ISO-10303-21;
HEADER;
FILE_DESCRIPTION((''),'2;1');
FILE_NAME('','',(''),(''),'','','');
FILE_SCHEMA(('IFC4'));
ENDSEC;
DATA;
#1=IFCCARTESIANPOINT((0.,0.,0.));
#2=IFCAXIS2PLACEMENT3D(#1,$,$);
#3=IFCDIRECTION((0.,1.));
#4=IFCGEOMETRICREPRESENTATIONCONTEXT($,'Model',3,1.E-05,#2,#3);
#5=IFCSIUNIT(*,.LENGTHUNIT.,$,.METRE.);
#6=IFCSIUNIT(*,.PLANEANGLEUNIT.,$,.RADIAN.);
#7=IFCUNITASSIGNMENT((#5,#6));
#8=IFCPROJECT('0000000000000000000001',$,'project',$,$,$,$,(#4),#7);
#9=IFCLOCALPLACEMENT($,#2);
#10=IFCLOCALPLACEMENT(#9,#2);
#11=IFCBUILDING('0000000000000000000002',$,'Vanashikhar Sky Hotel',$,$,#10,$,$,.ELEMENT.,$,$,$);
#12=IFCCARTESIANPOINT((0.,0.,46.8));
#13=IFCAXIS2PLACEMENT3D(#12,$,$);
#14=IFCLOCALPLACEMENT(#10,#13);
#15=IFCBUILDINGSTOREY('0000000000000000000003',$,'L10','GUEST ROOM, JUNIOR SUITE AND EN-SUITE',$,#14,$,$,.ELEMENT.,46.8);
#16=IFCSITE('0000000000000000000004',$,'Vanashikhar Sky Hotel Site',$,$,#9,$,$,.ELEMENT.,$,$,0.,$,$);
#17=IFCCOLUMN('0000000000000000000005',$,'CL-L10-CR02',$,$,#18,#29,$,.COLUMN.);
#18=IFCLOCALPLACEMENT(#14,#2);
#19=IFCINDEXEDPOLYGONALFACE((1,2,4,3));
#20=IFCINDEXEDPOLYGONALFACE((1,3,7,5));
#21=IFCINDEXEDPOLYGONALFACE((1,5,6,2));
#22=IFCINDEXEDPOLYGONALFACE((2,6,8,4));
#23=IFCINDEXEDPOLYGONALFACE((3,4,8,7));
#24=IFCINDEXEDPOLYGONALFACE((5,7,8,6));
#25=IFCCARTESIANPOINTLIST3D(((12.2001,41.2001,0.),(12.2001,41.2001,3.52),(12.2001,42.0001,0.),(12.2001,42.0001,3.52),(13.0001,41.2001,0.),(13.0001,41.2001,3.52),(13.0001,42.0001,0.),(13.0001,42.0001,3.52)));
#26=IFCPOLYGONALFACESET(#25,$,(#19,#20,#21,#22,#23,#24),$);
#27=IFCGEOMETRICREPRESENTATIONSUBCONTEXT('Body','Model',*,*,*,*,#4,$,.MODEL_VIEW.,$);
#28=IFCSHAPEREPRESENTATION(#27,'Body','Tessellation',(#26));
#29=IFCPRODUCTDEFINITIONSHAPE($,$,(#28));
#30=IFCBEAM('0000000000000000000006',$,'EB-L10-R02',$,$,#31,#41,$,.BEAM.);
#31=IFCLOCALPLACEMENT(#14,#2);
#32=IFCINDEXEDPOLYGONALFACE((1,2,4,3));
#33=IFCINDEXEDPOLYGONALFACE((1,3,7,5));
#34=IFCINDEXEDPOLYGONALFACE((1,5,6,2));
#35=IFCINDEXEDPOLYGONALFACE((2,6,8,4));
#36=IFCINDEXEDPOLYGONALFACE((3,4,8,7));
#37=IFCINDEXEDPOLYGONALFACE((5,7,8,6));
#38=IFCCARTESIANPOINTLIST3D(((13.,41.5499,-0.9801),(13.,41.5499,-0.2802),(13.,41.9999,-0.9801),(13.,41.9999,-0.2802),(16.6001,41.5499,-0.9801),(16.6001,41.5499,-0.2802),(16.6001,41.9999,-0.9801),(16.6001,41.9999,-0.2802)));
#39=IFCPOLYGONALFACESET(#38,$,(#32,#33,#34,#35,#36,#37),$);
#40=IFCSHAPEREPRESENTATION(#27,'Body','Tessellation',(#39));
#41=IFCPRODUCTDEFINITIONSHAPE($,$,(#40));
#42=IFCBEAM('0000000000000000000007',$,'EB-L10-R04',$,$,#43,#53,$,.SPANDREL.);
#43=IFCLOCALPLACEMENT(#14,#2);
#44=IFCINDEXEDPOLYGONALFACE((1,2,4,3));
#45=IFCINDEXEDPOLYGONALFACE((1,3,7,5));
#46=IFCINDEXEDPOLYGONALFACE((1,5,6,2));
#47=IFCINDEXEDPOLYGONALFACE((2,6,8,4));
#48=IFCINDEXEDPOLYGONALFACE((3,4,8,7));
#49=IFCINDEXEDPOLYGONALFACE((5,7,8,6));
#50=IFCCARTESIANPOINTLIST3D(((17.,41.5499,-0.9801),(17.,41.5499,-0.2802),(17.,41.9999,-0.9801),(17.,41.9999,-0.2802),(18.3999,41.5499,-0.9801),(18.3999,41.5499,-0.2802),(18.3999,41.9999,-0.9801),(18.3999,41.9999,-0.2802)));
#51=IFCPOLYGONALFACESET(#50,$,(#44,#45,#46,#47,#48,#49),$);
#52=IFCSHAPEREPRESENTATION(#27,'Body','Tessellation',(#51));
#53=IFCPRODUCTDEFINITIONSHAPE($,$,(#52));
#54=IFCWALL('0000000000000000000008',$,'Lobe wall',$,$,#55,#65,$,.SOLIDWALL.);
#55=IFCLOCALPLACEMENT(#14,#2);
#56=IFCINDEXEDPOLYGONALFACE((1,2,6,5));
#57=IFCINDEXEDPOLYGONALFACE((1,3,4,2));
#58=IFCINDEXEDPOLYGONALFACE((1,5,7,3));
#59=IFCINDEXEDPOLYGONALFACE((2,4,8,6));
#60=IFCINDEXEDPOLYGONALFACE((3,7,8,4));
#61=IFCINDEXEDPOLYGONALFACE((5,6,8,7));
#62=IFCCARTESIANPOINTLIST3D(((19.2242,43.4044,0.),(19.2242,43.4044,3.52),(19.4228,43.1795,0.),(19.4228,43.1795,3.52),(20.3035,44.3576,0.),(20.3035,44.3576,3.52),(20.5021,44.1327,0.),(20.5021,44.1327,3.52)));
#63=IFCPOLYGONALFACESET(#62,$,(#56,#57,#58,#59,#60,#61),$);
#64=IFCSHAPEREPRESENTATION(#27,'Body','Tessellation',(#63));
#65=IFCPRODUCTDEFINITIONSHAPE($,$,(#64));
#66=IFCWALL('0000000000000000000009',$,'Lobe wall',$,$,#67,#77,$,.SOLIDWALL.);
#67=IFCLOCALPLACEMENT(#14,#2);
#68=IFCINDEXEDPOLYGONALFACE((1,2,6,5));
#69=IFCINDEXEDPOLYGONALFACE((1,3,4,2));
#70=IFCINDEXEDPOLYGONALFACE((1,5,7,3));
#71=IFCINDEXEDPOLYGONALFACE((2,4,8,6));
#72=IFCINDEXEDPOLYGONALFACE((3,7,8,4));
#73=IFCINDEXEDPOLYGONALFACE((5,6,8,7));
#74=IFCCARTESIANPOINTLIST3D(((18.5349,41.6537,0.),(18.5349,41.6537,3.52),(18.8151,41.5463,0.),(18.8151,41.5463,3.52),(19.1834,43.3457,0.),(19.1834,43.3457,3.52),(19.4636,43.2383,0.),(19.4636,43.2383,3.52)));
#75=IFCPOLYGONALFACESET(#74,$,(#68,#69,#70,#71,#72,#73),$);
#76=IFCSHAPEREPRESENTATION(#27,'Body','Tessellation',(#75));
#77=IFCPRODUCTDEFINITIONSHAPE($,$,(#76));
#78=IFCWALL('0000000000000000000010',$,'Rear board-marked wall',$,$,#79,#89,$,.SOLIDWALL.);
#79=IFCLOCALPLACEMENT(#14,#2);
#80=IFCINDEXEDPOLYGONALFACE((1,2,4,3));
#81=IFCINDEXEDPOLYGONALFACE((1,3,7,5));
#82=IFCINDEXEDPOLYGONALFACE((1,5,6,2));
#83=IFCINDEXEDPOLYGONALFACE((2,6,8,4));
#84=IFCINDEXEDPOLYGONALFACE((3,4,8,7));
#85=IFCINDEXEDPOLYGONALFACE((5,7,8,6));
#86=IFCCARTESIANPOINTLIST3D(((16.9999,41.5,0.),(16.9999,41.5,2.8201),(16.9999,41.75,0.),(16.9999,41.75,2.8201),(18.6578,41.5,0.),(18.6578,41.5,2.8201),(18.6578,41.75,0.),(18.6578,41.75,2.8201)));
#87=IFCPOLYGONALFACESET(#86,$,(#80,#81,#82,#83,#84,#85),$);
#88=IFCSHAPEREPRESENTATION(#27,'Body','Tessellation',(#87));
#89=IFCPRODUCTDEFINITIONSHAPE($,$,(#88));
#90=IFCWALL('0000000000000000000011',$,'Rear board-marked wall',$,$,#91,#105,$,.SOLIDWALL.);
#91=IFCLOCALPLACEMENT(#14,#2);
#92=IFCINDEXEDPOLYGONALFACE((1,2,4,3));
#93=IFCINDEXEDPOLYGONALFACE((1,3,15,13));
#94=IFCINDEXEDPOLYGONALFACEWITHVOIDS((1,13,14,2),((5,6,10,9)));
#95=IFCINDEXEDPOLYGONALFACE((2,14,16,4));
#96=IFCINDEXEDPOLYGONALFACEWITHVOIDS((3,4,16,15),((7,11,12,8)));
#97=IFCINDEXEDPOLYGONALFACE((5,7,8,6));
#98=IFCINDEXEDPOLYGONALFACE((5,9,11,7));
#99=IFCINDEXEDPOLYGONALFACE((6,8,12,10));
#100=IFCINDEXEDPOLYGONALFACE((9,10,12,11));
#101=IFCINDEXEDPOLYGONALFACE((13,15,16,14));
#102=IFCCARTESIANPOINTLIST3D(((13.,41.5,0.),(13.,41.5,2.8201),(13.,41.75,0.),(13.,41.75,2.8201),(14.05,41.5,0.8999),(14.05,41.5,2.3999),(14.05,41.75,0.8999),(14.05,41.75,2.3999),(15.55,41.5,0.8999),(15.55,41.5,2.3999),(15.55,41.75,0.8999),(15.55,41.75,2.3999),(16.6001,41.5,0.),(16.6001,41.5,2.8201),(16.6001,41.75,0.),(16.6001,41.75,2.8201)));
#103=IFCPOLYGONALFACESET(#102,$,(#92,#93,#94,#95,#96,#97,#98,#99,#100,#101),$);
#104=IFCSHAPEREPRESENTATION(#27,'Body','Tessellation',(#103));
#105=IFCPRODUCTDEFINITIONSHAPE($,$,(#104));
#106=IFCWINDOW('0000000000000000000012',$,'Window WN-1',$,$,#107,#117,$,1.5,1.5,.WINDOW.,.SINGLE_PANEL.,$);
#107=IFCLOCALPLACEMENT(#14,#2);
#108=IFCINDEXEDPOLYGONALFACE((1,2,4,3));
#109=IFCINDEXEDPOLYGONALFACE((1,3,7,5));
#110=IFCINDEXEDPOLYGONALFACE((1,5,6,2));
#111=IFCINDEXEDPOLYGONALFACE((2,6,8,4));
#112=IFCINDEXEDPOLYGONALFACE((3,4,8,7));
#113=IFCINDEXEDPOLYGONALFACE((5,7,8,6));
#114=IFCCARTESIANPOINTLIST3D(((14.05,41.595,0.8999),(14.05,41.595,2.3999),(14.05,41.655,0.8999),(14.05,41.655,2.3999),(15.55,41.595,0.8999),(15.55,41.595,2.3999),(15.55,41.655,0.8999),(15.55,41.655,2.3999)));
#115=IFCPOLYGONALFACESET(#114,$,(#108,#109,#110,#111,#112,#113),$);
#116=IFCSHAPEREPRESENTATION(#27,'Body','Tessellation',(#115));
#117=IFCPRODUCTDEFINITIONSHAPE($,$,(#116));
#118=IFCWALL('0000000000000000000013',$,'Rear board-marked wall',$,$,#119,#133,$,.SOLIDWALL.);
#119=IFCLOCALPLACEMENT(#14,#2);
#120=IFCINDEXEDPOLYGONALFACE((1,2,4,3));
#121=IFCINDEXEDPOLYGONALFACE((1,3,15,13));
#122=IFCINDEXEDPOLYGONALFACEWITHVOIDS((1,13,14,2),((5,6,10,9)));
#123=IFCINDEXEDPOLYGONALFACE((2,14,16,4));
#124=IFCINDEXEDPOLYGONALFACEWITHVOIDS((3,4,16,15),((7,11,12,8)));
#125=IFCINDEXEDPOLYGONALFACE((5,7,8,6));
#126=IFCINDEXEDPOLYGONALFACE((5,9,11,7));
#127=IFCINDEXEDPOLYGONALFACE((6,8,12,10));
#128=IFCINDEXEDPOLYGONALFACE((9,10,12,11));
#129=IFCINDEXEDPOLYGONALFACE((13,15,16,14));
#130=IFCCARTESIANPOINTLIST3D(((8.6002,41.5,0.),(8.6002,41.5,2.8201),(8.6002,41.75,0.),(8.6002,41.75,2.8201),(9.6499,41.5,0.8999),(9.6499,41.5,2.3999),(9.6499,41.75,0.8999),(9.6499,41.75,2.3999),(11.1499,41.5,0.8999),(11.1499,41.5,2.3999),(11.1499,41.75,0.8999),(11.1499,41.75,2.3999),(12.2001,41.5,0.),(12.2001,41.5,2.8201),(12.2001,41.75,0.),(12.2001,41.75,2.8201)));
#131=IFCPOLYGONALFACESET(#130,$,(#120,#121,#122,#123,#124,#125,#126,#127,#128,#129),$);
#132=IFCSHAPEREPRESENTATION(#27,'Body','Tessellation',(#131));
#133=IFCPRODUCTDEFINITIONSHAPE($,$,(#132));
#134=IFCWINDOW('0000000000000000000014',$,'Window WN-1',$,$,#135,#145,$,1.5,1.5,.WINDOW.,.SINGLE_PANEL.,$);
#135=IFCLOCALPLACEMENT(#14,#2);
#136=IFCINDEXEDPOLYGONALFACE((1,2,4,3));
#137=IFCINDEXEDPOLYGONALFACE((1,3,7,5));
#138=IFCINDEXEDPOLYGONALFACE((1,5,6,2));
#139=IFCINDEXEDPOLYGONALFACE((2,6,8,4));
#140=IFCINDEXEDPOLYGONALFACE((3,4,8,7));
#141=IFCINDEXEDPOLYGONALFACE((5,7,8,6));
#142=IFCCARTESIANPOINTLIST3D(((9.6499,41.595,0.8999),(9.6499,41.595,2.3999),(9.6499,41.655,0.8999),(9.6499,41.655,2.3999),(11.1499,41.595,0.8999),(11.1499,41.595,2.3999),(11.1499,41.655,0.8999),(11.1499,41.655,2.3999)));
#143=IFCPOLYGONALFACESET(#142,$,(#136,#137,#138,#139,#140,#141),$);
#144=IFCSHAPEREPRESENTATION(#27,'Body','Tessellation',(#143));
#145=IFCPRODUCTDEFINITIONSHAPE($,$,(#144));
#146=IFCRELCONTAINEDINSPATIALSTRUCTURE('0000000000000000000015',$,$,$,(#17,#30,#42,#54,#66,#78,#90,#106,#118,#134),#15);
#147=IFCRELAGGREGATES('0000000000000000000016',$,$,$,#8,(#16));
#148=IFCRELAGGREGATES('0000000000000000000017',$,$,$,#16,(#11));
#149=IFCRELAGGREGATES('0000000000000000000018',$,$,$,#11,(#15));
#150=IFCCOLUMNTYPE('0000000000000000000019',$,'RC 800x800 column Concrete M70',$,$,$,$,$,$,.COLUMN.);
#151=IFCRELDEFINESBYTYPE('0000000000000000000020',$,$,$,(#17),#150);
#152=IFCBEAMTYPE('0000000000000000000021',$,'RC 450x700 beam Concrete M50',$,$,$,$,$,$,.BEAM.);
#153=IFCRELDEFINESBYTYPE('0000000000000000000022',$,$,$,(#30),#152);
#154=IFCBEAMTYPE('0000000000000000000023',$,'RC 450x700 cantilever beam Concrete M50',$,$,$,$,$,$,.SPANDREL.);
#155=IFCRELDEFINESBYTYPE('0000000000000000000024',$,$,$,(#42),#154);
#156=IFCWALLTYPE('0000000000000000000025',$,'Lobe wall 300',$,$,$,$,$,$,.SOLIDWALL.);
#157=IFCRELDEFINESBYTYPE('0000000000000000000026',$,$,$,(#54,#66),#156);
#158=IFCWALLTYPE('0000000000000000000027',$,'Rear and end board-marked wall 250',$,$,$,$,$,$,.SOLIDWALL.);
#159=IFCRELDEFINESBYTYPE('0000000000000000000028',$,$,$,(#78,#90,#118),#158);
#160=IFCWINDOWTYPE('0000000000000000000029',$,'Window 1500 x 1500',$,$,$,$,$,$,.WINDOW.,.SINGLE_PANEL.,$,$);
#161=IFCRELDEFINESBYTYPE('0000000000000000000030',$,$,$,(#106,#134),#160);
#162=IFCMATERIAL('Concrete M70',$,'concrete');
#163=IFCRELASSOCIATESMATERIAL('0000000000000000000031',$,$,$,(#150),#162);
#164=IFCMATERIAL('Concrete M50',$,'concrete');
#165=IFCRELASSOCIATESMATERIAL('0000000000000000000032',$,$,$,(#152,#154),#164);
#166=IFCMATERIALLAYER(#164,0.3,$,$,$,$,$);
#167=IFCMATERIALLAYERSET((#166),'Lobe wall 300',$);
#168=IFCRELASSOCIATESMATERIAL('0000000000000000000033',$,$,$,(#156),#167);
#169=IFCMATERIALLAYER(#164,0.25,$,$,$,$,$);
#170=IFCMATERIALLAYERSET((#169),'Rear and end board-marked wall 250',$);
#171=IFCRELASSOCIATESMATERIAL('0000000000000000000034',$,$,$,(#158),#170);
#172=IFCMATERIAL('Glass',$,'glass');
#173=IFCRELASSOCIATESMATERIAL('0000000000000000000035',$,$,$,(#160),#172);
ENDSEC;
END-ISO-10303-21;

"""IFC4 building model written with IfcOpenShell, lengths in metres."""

from ifc_helpers import new_model, si_unit, direction, frame, frame_2d, origin, origin_2d, place, context, subcontext, project, spatial, rectangle, extrude, source, transform, mapped, material, layer, layer_set, material_profile, profile_set, type_object, element, fill, save


model = new_model("IFC4")

# Units and contexts
model_context = context("Model", 3, precision=1e-05, world=origin(), true_north=direction((0.0, 1.0)))
body_context = subcontext(model_context, "Body", "Model", "MODEL_VIEW")
ifc_project = project(units=[si_unit("LENGTHUNIT", "METRE"), si_unit("PLANEANGLEUNIT", "RADIAN")], contexts=[model_context])

# Site, building, storey
site_placement = place(None, origin())
site = spatial("IfcSite", under=ifc_project, at=site_placement, Name="Vanashikhar Sky Hotel Site", CompositionType="ELEMENT", RefElevation=0.0)
building_placement = place(site_placement, origin())
building = spatial("IfcBuilding", under=site, at=building_placement, Name="Vanashikhar Sky Hotel", CompositionType="ELEMENT")
storey_placement = place(building_placement, frame((0.0, 0.0, 46.8)))
storey = spatial("IfcBuildingStorey", under=building, at=storey_placement, Name="L10", Description="GUEST ROOM, JUNIOR SUITE AND EN-SUITE", CompositionType="ELEMENT", Elevation=46.8)

# Column
ifc_material_1 = material(Name="Concrete M70", Category="concrete")
ifc_material_profile_1 = material_profile(ifc_material_1, rectangle(XDim=0.8, YDim=0.8, at=origin_2d()))
ifc_profile_set_1 = profile_set([ifc_material_profile_1], Name="RC 800x800 column Concrete M70")
column_type = type_object("IfcColumnType", Name="RC 800x800 column Concrete M70", PredefinedType="COLUMN", material=ifc_profile_set_1)
shared_shape_1 = source(origin(), body_context, "Body", "SweptSolid", [
    extrude(rectangle(XDim=0.8, YDim=0.8, at=origin_2d()), origin(), (0.0, 0.0, 1.0), 3.52),
])
column_placement = place(storey_placement, frame((12.6001, 41.6001, 0.0), z_axis=(0.0, 0.0, 1.0), x_axis=(1.0, 0.0, 0.0)))
element("IfcColumn", 1, at=column_placement, inside=storey, type_object=column_type, Name="CL-L10-CR02", PredefinedType="COLUMN", context=body_context, shape_type="MappedRepresentation", body=[
    mapped(shared_shape_1, transform((0.0, 0.0, 0.0), scale=1.0)),
])

# Beams
ifc_material_2 = material(Name="Concrete M50", Category="concrete")
ifc_material_profile_2 = material_profile(ifc_material_2, rectangle(XDim=0.45, YDim=0.7, at=origin_2d()))
ifc_profile_set_2 = profile_set([ifc_material_profile_2], Name="RC 450x700 beam Concrete M50")
beam_type_1 = type_object("IfcBeamType", Name="RC 450x700 beam Concrete M50", PredefinedType="BEAM", material=ifc_profile_set_2)
shared_shape_2 = source(origin(), body_context, "Body", "SweptSolid", [
    extrude(rectangle(XDim=0.45, YDim=0.7, at=origin_2d()), origin(), (0.0, 0.0, 1.0), 3.6001),
])
beam_1_placement = place(storey_placement, frame((13.0, 41.7749, -0.6301), z_axis=(1.0, 0.0, 0.0), x_axis=(0.0, 1.0, 0.0)))
element("IfcBeam", 2, at=beam_1_placement, inside=storey, type_object=beam_type_1, Name="EB-L10-R02", PredefinedType="BEAM", context=body_context, shape_type="MappedRepresentation", body=[
    mapped(shared_shape_2, transform((0.0, 0.0, 0.0), scale=1.0)),
])
ifc_material_profile_3 = material_profile(ifc_material_2, rectangle(XDim=0.45, YDim=0.7, at=origin_2d()))
ifc_profile_set_3 = profile_set([ifc_material_profile_3], Name="RC 450x700 cantilever beam Concrete M50")
beam_type_2 = type_object("IfcBeamType", Name="RC 450x700 cantilever beam Concrete M50", PredefinedType="SPANDREL", material=ifc_profile_set_3)
shared_shape_3 = source(origin(), body_context, "Body", "SweptSolid", [
    extrude(rectangle(XDim=0.45, YDim=0.7, at=origin_2d()), origin(), (0.0, 0.0, 1.0), 1.3999),
])
beam_2_placement = place(storey_placement, frame((17.0, 41.7749, -0.6301), z_axis=(1.0, 0.0, 0.0), x_axis=(0.0, 1.0, 0.0)))
element("IfcBeam", 3, at=beam_2_placement, inside=storey, type_object=beam_type_2, Name="EB-L10-R04", PredefinedType="SPANDREL", context=body_context, shape_type="MappedRepresentation", body=[
    mapped(shared_shape_3, transform((0.0, 0.0, 0.0), scale=1.0)),
])

# Walls
ifc_layer_1 = layer(ifc_material_2, 0.3)
ifc_layer_set_1 = layer_set([ifc_layer_1], Name="Lobe wall 300")
wall_type_1 = type_object("IfcWallType", Name="Lobe wall 300", PredefinedType="SOLIDWALL", material=ifc_layer_set_1)
shared_shape_4 = source(origin(), body_context, "Body", "SweptSolid", [
    extrude(rectangle(XDim=1.4399, YDim=0.3, at=frame_2d((0.72, 0.0))), origin(), (0.0, 0.0, 1.0), 3.52),
])
wall_1_placement = place(storey_placement, frame((20.4028, 44.2451, 0.0), z_axis=(0.0, 0.0, 1.0), x_axis=(-0.749576, -0.661919, 0.0)))
element("IfcWall", 4, at=wall_1_placement, inside=storey, type_object=wall_type_1, Name="Lobe wall", PredefinedType="SOLIDWALL", context=body_context, shape_type="MappedRepresentation", body=[
    mapped(shared_shape_4, transform((0.0, 0.0, 0.0), scale=1.0)),
])
shared_shape_5 = source(origin(), body_context, "Body", "SweptSolid", [
    extrude(rectangle(XDim=1.812, YDim=0.3, at=frame_2d((0.906, 0.0))), origin(), (0.0, 0.0, 1.0), 3.52),
])
wall_2_placement = place(storey_placement, frame((19.3235, 43.292, 0.0), z_axis=(0.0, 0.0, 1.0), x_axis=(-0.357877, -0.933769, 0.0)))
element("IfcWall", 5, at=wall_2_placement, inside=storey, type_object=wall_type_1, Name="Lobe wall", PredefinedType="SOLIDWALL", context=body_context, shape_type="MappedRepresentation", body=[
    mapped(shared_shape_5, transform((0.0, 0.0, 0.0), scale=1.0)),
])
ifc_layer_2 = layer(ifc_material_2, 0.25)
ifc_layer_set_2 = layer_set([ifc_layer_2], Name="Rear and end board-marked wall 250")
wall_type_2 = type_object("IfcWallType", Name="Rear and end board-marked wall 250", PredefinedType="SOLIDWALL", material=ifc_layer_set_2)
shared_shape_6 = source(origin(), body_context, "Body", "SweptSolid", [
    extrude(rectangle(XDim=1.658, YDim=0.25, at=frame_2d((0.8291, 0.0))), origin(), (0.0, 0.0, 1.0), 2.8201),
])
wall_3_placement = place(storey_placement, frame((18.658, 41.625, 0.0), z_axis=(0.0, 0.0, 1.0), x_axis=(-1.0, 0.0, 0.0)))
element("IfcWall", 6, at=wall_3_placement, inside=storey, type_object=wall_type_2, Name="Rear board-marked wall", PredefinedType="SOLIDWALL", context=body_context, shape_type="MappedRepresentation", body=[
    mapped(shared_shape_6, transform((0.0, 0.0, 0.0), scale=1.0)),
])

# Walls, openings, windows
shared_shape_7 = source(origin(), body_context, "Body", "SweptSolid", [
    extrude(rectangle(XDim=3.6001, YDim=0.25, at=frame_2d((1.8, 0.0))), origin(), (0.0, 0.0, 1.0), 2.8201),
])
wall_4_placement = place(storey_placement, frame((16.6001, 41.625, 0.0), z_axis=(0.0, 0.0, 1.0), x_axis=(-1.0, 0.0, 0.0)))
wall_4 = element("IfcWall", 7, at=wall_4_placement, inside=storey, type_object=wall_type_2, Name="Rear board-marked wall", PredefinedType="SOLIDWALL", context=body_context, shape_type="MappedRepresentation", body=[
    mapped(shared_shape_7, transform((0.0, 0.0, 0.0), scale=1.0)),
])
shared_shape_8 = source(origin(), body_context, "Body", "SweptSolid", [
    extrude(rectangle(XDim=1.5, YDim=1.5, at=frame_2d((0.75, 0.75))), frame((0.0, 0.135, 0.0), z_axis=(0.0, -1.0, 0.0), x_axis=(1.0, 0.0, 0.0)), (0.0, 0.0, 1.0), 0.27),
])
opening_1_placement = place(wall_4_placement, frame((1.05, 0.0, 0.8999)))
opening_1 = element("IfcOpeningElement", 8, at=opening_1_placement, cuts=wall_4, PredefinedType="OPENING", context=body_context, shape_type="MappedRepresentation", body=[
    mapped(shared_shape_8, transform((0.0, 0.0, 0.0), scale=1.0)),
])
ifc_material_3 = material(Name="Glass", Category="glass")
window_type = type_object("IfcWindowType", Name="Window 1500 x 1500", PartitioningType="SINGLE_PANEL", PredefinedType="WINDOW", material=ifc_material_3)
shared_shape_9 = source(origin(), body_context, "Body", "SweptSolid", [
    extrude(rectangle(XDim=1.5, YDim=1.5, at=frame_2d((0.75, 0.75))), frame((0.0, 0.03, 0.0), z_axis=(0.0, -1.0, 0.0), x_axis=(1.0, 0.0, 0.0)), (0.0, 0.0, 1.0), 0.0601),
])
window_1_placement = place(opening_1_placement, origin())
window_1 = element("IfcWindow", 9, at=window_1_placement, inside=storey, type_object=window_type, Name="Window WN-1", OverallHeight=1.5, OverallWidth=1.5, PartitioningType="SINGLE_PANEL", PredefinedType="WINDOW", context=body_context, shape_type="MappedRepresentation", body=[
    mapped(shared_shape_9, transform((0.0, 0.0, 0.0), scale=1.0)),
])
fill(opening_1, window_1)
shared_shape_10 = source(origin(), body_context, "Body", "SweptSolid", [
    extrude(rectangle(XDim=3.5999, YDim=0.25, at=frame_2d((1.7998, 0.0))), origin(), (0.0, 0.0, 1.0), 2.8201),
])
wall_5_placement = place(storey_placement, frame((12.2, 41.625, 0.0), z_axis=(0.0, 0.0, 1.0), x_axis=(-1.0, 0.0, 0.0)))
wall_5 = element("IfcWall", 10, at=wall_5_placement, inside=storey, type_object=wall_type_2, Name="Rear board-marked wall", PredefinedType="SOLIDWALL", context=body_context, shape_type="MappedRepresentation", body=[
    mapped(shared_shape_10, transform((0.0, 0.0, 0.0), scale=1.0)),
])
opening_2_placement = place(wall_5_placement, frame((1.05, 0.0, 0.8999)))
opening_2 = element("IfcOpeningElement", 11, at=opening_2_placement, cuts=wall_5, PredefinedType="OPENING", context=body_context, shape_type="MappedRepresentation", body=[
    mapped(shared_shape_8, transform((0.0, 0.0, 0.0), scale=1.0)),
])
window_2_placement = place(opening_2_placement, origin())
window_2 = element("IfcWindow", 12, at=window_2_placement, inside=storey, type_object=window_type, Name="Window WN-1", OverallHeight=1.5, OverallWidth=1.5, PartitioningType="SINGLE_PANEL", PredefinedType="WINDOW", context=body_context, shape_type="MappedRepresentation", body=[
    mapped(shared_shape_9, transform((0.0, 0.0, 0.0), scale=1.0)),
])
fill(opening_2, window_2)

save(model, "model.ifc")
